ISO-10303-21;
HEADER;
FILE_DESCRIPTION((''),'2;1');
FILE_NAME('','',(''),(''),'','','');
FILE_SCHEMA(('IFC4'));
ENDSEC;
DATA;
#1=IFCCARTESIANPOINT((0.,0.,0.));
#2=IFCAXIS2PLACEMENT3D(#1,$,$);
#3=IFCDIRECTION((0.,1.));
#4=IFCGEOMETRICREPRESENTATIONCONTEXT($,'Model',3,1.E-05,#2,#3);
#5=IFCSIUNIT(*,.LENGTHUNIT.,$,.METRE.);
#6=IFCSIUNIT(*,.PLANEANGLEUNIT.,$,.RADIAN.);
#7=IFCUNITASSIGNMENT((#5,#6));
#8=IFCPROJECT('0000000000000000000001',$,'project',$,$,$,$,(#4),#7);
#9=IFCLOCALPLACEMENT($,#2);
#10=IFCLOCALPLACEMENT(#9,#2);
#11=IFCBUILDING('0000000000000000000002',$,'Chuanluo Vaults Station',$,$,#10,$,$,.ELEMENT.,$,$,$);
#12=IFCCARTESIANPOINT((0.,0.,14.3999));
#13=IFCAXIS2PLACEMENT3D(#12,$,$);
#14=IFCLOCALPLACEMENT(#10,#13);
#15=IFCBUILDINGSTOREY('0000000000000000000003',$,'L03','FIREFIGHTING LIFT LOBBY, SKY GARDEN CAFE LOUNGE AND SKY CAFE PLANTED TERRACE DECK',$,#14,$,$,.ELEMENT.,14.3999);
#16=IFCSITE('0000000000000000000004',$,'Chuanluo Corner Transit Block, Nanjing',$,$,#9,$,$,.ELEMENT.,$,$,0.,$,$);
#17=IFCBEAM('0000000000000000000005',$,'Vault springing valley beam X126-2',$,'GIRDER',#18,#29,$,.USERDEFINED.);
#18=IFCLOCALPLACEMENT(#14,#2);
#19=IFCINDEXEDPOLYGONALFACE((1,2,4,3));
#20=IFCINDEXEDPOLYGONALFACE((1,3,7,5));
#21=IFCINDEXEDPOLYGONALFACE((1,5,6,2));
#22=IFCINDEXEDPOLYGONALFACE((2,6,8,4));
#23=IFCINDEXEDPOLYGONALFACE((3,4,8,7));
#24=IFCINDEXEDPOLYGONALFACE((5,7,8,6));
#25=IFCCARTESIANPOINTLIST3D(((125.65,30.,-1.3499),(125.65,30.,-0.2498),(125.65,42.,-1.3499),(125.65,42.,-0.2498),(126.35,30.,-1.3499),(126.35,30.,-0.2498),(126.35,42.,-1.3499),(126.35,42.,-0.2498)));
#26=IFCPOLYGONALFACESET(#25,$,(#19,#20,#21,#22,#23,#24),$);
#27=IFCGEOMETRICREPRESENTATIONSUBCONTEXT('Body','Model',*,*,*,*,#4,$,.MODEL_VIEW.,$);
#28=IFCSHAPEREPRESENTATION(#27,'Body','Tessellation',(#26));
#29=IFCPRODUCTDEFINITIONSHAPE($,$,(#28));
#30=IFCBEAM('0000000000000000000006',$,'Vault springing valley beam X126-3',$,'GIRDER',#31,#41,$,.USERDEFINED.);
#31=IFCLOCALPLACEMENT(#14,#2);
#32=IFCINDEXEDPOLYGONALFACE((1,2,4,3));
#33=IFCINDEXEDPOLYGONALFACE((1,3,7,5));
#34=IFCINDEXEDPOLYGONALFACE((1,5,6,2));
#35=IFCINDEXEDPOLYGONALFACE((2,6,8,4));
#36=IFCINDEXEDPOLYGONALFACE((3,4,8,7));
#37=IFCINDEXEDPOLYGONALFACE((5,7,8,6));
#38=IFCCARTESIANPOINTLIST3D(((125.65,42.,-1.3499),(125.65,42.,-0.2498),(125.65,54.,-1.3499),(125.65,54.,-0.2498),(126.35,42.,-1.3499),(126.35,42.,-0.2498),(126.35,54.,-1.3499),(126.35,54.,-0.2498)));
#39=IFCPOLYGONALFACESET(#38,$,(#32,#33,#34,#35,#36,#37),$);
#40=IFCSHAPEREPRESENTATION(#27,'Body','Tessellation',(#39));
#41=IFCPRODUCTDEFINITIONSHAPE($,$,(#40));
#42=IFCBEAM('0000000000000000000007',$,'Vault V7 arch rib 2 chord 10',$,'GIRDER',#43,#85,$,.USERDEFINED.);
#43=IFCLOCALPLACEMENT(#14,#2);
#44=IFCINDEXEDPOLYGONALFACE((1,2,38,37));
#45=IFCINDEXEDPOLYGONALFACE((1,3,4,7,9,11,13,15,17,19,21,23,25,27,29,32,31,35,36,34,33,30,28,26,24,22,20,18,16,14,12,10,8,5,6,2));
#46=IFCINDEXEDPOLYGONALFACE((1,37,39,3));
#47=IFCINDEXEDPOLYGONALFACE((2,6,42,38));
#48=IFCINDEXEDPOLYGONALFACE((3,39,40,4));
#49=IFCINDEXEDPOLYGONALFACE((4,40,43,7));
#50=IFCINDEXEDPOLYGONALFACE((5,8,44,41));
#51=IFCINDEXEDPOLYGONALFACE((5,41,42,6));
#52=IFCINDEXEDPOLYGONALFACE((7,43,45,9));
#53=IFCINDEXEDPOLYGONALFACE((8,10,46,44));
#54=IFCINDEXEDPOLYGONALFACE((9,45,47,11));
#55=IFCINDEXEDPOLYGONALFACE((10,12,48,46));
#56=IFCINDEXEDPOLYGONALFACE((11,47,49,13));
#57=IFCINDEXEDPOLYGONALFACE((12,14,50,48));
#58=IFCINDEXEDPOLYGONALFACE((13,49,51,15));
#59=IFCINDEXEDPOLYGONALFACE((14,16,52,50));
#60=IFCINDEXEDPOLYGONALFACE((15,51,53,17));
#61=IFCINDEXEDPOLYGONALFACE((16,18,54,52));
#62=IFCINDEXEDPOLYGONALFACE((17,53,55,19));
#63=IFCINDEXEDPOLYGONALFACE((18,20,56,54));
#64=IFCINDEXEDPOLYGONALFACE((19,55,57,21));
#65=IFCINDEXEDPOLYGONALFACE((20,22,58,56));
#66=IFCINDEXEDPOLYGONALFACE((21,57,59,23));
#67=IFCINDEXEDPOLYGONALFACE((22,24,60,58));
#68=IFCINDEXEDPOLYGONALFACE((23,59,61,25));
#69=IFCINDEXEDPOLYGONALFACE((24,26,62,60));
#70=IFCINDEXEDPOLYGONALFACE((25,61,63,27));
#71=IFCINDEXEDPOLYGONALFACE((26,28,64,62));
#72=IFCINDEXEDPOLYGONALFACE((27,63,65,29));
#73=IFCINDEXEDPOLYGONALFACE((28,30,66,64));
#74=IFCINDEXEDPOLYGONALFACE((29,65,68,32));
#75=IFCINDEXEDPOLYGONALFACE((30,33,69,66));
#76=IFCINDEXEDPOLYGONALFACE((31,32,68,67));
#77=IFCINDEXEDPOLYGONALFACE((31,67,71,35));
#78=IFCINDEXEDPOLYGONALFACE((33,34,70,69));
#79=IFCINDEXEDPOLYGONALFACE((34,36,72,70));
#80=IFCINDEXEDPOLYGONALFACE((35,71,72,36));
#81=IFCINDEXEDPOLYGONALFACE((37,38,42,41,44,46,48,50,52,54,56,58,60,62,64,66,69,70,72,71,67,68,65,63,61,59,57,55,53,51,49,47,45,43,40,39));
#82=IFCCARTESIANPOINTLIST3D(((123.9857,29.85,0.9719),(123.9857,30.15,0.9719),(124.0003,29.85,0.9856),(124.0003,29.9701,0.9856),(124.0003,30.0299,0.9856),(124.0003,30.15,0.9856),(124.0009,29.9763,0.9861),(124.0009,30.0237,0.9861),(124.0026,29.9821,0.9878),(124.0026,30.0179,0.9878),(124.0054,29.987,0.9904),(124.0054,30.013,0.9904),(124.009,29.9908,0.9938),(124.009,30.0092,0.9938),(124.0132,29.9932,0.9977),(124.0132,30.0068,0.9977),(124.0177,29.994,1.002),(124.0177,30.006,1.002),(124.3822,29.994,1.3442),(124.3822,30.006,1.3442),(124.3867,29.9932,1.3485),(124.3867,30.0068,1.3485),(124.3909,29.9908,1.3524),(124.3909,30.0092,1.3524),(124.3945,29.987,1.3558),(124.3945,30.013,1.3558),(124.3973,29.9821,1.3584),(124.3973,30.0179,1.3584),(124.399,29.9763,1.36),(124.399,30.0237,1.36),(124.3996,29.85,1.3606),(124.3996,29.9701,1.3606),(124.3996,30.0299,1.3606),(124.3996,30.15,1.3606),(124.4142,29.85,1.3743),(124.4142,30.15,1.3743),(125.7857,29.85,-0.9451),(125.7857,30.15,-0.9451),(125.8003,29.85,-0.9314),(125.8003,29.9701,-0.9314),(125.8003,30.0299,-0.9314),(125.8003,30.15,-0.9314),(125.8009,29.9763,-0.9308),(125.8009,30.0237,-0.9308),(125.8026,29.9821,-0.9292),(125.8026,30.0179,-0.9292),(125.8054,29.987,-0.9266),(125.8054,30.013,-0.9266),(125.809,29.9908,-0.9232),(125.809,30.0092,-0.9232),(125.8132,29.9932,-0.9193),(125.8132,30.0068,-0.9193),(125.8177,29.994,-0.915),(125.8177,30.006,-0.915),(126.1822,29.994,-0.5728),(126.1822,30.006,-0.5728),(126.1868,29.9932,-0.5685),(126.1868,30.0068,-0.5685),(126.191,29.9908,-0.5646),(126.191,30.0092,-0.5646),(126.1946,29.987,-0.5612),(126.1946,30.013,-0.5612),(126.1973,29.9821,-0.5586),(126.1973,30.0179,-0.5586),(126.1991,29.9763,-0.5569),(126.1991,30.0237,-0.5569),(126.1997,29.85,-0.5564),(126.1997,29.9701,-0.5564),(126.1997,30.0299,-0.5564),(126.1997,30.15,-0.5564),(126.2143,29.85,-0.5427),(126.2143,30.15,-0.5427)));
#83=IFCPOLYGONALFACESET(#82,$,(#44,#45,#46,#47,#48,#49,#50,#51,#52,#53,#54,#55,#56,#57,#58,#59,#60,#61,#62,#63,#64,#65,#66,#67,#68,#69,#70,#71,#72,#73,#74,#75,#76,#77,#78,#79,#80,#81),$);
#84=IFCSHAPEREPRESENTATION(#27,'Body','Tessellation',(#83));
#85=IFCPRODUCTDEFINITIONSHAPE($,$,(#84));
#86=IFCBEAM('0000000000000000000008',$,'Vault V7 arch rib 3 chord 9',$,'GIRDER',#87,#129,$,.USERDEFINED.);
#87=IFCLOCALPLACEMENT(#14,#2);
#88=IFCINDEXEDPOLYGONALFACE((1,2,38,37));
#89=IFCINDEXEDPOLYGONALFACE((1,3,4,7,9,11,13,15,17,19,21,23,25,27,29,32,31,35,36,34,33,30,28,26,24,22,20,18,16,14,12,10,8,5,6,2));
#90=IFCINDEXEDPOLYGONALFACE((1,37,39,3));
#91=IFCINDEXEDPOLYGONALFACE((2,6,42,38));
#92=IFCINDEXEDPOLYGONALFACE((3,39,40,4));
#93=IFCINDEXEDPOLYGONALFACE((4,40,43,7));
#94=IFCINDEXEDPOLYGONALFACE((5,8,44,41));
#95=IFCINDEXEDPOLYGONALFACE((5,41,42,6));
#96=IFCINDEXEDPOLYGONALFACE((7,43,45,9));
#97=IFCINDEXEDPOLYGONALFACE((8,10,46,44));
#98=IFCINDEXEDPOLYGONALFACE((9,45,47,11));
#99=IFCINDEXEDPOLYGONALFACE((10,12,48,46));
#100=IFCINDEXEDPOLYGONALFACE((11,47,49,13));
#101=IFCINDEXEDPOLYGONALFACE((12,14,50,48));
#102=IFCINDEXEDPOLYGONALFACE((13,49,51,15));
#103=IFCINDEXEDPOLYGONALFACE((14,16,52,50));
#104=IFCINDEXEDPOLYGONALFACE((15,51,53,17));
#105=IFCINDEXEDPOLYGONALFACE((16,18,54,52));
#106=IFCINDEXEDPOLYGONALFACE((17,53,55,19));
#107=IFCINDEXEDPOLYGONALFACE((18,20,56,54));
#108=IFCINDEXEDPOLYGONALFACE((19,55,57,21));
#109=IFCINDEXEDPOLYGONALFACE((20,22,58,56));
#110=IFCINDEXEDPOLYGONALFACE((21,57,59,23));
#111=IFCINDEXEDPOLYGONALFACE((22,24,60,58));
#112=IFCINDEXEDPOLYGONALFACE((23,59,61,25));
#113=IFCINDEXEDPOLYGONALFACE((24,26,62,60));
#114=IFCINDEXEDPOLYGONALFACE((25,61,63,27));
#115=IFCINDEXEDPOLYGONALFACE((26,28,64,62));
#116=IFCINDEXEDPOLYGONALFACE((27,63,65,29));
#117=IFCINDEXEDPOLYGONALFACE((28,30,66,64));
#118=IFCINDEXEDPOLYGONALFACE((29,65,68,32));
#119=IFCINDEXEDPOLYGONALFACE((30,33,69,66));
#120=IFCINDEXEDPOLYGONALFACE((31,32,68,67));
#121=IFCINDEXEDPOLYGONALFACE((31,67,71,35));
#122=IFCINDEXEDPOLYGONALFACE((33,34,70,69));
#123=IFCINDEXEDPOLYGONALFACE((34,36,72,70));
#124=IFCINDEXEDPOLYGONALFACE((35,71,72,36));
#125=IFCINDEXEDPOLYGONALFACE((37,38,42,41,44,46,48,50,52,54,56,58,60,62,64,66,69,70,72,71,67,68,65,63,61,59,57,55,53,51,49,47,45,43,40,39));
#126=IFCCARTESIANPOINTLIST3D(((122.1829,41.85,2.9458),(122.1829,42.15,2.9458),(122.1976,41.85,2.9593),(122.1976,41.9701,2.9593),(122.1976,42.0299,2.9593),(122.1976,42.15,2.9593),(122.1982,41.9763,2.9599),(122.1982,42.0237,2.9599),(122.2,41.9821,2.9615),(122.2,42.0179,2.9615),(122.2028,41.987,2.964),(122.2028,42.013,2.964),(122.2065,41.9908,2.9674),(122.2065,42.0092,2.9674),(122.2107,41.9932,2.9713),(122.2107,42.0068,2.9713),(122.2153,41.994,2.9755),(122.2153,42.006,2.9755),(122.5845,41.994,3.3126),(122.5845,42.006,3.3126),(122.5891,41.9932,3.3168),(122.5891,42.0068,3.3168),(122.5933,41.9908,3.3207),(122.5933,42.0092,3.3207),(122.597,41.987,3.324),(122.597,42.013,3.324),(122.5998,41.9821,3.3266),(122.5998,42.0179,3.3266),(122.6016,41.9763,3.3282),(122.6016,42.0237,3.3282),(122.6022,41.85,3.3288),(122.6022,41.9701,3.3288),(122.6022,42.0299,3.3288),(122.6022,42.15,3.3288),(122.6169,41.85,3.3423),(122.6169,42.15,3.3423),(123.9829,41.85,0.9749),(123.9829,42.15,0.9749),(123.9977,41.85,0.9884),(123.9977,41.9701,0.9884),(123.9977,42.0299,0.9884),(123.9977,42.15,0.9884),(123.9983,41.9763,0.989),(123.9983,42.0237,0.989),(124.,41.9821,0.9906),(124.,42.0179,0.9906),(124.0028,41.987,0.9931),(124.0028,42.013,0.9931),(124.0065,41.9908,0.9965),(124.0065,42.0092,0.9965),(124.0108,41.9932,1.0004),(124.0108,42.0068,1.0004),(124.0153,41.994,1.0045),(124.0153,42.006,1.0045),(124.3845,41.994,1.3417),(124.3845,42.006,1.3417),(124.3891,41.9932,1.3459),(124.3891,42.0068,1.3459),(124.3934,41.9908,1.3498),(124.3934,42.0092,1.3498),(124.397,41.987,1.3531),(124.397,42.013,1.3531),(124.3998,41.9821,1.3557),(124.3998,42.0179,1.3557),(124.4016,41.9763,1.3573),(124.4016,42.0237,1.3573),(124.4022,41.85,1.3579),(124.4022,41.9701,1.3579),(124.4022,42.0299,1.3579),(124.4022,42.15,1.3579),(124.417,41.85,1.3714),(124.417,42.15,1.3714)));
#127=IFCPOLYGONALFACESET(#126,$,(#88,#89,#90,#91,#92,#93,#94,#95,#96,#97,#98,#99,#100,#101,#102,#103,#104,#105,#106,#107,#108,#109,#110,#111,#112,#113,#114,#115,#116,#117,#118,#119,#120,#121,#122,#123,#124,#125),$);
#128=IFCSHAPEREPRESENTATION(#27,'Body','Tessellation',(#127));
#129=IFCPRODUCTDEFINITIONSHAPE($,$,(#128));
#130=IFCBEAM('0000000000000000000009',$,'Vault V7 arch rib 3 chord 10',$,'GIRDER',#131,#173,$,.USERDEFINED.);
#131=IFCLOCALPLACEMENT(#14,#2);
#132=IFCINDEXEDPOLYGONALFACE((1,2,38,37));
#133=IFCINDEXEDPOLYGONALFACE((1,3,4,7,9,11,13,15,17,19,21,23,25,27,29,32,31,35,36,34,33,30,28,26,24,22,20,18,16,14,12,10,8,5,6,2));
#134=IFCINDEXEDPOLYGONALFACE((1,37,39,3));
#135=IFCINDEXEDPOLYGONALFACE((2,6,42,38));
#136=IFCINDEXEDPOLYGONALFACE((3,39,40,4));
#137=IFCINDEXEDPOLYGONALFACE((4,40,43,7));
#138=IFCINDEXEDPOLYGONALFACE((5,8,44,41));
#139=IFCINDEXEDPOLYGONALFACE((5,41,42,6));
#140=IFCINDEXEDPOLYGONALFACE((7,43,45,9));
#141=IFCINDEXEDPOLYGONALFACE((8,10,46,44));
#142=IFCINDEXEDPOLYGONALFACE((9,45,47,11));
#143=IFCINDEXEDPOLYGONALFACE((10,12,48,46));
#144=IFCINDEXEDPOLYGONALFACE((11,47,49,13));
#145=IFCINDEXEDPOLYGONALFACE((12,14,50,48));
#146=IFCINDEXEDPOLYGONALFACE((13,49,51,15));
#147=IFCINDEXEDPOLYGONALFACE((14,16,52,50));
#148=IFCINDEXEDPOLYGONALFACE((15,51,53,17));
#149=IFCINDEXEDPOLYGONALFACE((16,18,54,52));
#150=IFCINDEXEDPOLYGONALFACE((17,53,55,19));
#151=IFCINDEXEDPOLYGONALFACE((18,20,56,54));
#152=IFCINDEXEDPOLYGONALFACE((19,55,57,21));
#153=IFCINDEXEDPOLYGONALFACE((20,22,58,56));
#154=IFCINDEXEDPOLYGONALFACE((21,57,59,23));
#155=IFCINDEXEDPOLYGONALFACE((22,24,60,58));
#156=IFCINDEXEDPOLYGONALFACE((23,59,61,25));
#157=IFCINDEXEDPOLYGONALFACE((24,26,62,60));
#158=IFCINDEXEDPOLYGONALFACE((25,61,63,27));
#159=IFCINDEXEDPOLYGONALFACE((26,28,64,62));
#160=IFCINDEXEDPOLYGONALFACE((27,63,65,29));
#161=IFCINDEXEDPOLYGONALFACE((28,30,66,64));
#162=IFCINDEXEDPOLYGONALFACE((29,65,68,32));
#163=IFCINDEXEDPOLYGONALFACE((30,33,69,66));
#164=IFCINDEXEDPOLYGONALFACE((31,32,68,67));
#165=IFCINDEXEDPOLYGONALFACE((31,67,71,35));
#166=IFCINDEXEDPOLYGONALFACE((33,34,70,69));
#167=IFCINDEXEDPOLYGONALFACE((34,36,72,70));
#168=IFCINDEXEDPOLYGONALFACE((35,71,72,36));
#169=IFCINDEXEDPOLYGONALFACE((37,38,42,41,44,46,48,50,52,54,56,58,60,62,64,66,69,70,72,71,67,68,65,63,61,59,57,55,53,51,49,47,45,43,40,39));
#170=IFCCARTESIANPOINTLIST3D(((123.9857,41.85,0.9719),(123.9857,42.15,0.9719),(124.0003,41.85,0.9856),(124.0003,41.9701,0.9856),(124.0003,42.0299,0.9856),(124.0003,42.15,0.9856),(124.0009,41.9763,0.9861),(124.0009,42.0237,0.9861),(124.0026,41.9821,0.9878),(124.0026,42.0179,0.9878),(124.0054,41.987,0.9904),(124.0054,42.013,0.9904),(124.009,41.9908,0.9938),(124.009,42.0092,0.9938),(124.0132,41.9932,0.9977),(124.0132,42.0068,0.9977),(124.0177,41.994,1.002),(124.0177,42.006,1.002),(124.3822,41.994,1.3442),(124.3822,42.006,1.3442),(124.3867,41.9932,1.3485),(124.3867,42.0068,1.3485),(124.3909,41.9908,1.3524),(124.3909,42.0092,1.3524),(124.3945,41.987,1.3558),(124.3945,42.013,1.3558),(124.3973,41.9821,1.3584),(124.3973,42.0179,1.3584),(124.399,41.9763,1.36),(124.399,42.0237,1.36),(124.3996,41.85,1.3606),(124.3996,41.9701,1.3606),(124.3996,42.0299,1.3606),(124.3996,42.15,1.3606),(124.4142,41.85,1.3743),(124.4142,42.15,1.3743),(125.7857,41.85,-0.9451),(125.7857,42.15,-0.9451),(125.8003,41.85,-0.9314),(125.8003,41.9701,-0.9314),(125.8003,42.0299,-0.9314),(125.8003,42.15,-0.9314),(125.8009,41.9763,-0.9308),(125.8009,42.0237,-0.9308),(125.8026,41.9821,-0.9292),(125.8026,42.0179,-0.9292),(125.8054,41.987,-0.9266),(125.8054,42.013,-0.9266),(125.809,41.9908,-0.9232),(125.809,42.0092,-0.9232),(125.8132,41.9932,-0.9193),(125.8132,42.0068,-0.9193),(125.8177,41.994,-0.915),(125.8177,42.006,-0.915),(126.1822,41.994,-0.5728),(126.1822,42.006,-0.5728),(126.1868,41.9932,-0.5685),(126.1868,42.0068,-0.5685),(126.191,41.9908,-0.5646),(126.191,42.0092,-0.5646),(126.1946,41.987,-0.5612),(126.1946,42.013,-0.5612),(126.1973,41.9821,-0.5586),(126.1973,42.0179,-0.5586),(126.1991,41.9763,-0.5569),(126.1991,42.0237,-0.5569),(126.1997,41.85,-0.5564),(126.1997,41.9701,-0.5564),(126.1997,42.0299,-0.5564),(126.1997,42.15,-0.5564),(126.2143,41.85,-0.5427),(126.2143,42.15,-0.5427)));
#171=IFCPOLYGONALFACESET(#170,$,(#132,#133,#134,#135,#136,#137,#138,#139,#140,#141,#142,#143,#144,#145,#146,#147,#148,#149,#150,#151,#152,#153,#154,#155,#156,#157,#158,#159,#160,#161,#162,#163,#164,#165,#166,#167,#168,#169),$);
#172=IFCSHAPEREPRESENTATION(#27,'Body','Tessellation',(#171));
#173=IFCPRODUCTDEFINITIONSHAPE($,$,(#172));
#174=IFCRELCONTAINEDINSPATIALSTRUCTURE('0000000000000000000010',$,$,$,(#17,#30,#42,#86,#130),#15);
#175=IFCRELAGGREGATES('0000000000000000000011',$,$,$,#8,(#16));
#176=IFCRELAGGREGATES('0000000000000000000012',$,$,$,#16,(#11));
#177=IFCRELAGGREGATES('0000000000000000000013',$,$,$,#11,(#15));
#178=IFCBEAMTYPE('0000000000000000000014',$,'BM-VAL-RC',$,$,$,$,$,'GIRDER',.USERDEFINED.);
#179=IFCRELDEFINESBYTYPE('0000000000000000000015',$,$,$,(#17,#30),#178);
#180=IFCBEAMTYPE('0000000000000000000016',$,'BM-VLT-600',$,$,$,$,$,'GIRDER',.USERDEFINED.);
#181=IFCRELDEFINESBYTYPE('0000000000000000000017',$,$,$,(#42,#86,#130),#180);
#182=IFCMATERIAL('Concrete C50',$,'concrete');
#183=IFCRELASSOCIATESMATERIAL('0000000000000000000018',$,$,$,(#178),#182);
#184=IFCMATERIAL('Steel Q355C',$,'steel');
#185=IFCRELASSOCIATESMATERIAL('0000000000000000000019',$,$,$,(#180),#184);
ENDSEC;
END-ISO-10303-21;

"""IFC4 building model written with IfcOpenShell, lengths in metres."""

from ifc_helpers import new_model, si_unit, direction, frame, origin, origin_2d, place, context, subcontext, project, spatial, rectangle, i_section, extrude, material, material_profile, profile_set, type_object, element, save


model = new_model("IFC4")

# Units and contexts
model_context = context("Model", 3, precision=1e-05, world=origin(), true_north=direction((0.0, 1.0)))
body_context = subcontext(model_context, "Body", "Model", "MODEL_VIEW")
ifc_project = project(units=[si_unit("LENGTHUNIT", "METRE"), si_unit("PLANEANGLEUNIT", "RADIAN")], contexts=[model_context])

# Site, building, storey
site_placement = place(None, origin())
site = spatial("IfcSite", under=ifc_project, at=site_placement, Name="Chuanluo Corner Transit Block, Nanjing", CompositionType="ELEMENT", RefElevation=0.0)
building_placement = place(site_placement, origin())
building = spatial("IfcBuilding", under=site, at=building_placement, Name="Chuanluo Vaults Station", CompositionType="ELEMENT")
storey_placement = place(building_placement, frame((0.0, 0.0, 14.3999)))
storey = spatial("IfcBuildingStorey", under=building, at=storey_placement, Name="L03", Description="FIREFIGHTING LIFT LOBBY, SKY GARDEN CAFE LOUNGE AND SKY CAFE PLANTED TERRACE DECK", CompositionType="ELEMENT", Elevation=14.3999)

# Beams
ifc_material_1 = material(Name="Concrete C50", Category="concrete")
ifc_material_profile_1 = material_profile(ifc_material_1, rectangle(XDim=0.7, YDim=1.1001, at=origin_2d()))
ifc_profile_set_1 = profile_set([ifc_material_profile_1], Name="Concrete C50")
beam_type_1 = type_object("IfcBeamType", Name="BM-VAL-RC", ElementType="GIRDER", PredefinedType="USERDEFINED", material=ifc_profile_set_1)
for number, where, z_axis, x_axis, name in (
    (1, (126.0, 30.0, -0.7998), (0.0, 1.0, 0.0), (-1.0, 0.0, 0.0), "Vault springing valley beam X126-2"),
    (2, (126.0, 42.0, -0.7998), (0.0, 1.0, 0.0), (-1.0, 0.0, 0.0), "Vault springing valley beam X126-3"),
):
    element("IfcBeam", number, at=place(storey_placement, frame(where, z_axis=z_axis, x_axis=x_axis)), inside=storey, type_object=beam_type_1, Name=name, ObjectType="GIRDER", PredefinedType="USERDEFINED", context=body_context, shape_type="SweptSolid", body=[
        extrude(rectangle(XDim=0.7, YDim=1.1001, at=origin_2d()), origin(), (0.0, 0.0, 1.0), 12.0),
    ])
ifc_material_2 = material(Name="Steel Q355C", Category="steel")
ifc_material_profile_2 = material_profile(ifc_material_2, i_section(OverallWidth=0.3, OverallDepth=0.5879, WebThickness=0.012, FlangeThickness=0.02, FilletRadius=0.0239, at=origin_2d()))
ifc_profile_set_2 = profile_set([ifc_material_profile_2], Name="Steel Q355C")
beam_type_2 = type_object("IfcBeamType", Name="BM-VLT-600", ElementType="GIRDER", PredefinedType="USERDEFINED", material=ifc_profile_set_2)
beam_1_placement = place(storey_placement, frame((124.2, 30.0, 1.1731), z_axis=(0.684522, 0.0, -0.728993), x_axis=(0.0, 1.0, 0.0)))
element("IfcBeam", 3, at=beam_1_placement, inside=storey, type_object=beam_type_2, Name="Vault V7 arch rib 2 chord 10", ObjectType="GIRDER", PredefinedType="USERDEFINED", context=body_context, shape_type="SweptSolid", body=[
    extrude(i_section(OverallWidth=0.3, OverallDepth=0.5879, WebThickness=0.012, FlangeThickness=0.02, FilletRadius=0.0239, at=origin_2d()), origin(), (0.0, 0.0, 1.0), 2.6296),
])
beam_2_placement = place(storey_placement, frame((122.3999, 42.0, 3.144), z_axis=(0.674369, 0.0, -0.738394), x_axis=(0.0, 1.0, 0.0)))
element("IfcBeam", 4, at=beam_2_placement, inside=storey, type_object=beam_type_2, Name="Vault V7 arch rib 3 chord 9", ObjectType="GIRDER", PredefinedType="USERDEFINED", context=body_context, shape_type="SweptSolid", body=[
    extrude(i_section(OverallWidth=0.3, OverallDepth=0.5879, WebThickness=0.012, FlangeThickness=0.02, FilletRadius=0.0239, at=origin_2d()), origin(), (0.0, 0.0, 1.0), 2.6692),
])
beam_3_placement = place(storey_placement, frame((124.2, 42.0, 1.1731), z_axis=(0.684522, 0.0, -0.728993), x_axis=(0.0, 1.0, 0.0)))
element("IfcBeam", 5, at=beam_3_placement, inside=storey, type_object=beam_type_2, Name="Vault V7 arch rib 3 chord 10", ObjectType="GIRDER", PredefinedType="USERDEFINED", context=body_context, shape_type="SweptSolid", body=[
    extrude(i_section(OverallWidth=0.3, OverallDepth=0.5879, WebThickness=0.012, FlangeThickness=0.02, FilletRadius=0.0239, at=origin_2d()), origin(), (0.0, 0.0, 1.0), 2.6296),
])

save(model, "model.ifc")
